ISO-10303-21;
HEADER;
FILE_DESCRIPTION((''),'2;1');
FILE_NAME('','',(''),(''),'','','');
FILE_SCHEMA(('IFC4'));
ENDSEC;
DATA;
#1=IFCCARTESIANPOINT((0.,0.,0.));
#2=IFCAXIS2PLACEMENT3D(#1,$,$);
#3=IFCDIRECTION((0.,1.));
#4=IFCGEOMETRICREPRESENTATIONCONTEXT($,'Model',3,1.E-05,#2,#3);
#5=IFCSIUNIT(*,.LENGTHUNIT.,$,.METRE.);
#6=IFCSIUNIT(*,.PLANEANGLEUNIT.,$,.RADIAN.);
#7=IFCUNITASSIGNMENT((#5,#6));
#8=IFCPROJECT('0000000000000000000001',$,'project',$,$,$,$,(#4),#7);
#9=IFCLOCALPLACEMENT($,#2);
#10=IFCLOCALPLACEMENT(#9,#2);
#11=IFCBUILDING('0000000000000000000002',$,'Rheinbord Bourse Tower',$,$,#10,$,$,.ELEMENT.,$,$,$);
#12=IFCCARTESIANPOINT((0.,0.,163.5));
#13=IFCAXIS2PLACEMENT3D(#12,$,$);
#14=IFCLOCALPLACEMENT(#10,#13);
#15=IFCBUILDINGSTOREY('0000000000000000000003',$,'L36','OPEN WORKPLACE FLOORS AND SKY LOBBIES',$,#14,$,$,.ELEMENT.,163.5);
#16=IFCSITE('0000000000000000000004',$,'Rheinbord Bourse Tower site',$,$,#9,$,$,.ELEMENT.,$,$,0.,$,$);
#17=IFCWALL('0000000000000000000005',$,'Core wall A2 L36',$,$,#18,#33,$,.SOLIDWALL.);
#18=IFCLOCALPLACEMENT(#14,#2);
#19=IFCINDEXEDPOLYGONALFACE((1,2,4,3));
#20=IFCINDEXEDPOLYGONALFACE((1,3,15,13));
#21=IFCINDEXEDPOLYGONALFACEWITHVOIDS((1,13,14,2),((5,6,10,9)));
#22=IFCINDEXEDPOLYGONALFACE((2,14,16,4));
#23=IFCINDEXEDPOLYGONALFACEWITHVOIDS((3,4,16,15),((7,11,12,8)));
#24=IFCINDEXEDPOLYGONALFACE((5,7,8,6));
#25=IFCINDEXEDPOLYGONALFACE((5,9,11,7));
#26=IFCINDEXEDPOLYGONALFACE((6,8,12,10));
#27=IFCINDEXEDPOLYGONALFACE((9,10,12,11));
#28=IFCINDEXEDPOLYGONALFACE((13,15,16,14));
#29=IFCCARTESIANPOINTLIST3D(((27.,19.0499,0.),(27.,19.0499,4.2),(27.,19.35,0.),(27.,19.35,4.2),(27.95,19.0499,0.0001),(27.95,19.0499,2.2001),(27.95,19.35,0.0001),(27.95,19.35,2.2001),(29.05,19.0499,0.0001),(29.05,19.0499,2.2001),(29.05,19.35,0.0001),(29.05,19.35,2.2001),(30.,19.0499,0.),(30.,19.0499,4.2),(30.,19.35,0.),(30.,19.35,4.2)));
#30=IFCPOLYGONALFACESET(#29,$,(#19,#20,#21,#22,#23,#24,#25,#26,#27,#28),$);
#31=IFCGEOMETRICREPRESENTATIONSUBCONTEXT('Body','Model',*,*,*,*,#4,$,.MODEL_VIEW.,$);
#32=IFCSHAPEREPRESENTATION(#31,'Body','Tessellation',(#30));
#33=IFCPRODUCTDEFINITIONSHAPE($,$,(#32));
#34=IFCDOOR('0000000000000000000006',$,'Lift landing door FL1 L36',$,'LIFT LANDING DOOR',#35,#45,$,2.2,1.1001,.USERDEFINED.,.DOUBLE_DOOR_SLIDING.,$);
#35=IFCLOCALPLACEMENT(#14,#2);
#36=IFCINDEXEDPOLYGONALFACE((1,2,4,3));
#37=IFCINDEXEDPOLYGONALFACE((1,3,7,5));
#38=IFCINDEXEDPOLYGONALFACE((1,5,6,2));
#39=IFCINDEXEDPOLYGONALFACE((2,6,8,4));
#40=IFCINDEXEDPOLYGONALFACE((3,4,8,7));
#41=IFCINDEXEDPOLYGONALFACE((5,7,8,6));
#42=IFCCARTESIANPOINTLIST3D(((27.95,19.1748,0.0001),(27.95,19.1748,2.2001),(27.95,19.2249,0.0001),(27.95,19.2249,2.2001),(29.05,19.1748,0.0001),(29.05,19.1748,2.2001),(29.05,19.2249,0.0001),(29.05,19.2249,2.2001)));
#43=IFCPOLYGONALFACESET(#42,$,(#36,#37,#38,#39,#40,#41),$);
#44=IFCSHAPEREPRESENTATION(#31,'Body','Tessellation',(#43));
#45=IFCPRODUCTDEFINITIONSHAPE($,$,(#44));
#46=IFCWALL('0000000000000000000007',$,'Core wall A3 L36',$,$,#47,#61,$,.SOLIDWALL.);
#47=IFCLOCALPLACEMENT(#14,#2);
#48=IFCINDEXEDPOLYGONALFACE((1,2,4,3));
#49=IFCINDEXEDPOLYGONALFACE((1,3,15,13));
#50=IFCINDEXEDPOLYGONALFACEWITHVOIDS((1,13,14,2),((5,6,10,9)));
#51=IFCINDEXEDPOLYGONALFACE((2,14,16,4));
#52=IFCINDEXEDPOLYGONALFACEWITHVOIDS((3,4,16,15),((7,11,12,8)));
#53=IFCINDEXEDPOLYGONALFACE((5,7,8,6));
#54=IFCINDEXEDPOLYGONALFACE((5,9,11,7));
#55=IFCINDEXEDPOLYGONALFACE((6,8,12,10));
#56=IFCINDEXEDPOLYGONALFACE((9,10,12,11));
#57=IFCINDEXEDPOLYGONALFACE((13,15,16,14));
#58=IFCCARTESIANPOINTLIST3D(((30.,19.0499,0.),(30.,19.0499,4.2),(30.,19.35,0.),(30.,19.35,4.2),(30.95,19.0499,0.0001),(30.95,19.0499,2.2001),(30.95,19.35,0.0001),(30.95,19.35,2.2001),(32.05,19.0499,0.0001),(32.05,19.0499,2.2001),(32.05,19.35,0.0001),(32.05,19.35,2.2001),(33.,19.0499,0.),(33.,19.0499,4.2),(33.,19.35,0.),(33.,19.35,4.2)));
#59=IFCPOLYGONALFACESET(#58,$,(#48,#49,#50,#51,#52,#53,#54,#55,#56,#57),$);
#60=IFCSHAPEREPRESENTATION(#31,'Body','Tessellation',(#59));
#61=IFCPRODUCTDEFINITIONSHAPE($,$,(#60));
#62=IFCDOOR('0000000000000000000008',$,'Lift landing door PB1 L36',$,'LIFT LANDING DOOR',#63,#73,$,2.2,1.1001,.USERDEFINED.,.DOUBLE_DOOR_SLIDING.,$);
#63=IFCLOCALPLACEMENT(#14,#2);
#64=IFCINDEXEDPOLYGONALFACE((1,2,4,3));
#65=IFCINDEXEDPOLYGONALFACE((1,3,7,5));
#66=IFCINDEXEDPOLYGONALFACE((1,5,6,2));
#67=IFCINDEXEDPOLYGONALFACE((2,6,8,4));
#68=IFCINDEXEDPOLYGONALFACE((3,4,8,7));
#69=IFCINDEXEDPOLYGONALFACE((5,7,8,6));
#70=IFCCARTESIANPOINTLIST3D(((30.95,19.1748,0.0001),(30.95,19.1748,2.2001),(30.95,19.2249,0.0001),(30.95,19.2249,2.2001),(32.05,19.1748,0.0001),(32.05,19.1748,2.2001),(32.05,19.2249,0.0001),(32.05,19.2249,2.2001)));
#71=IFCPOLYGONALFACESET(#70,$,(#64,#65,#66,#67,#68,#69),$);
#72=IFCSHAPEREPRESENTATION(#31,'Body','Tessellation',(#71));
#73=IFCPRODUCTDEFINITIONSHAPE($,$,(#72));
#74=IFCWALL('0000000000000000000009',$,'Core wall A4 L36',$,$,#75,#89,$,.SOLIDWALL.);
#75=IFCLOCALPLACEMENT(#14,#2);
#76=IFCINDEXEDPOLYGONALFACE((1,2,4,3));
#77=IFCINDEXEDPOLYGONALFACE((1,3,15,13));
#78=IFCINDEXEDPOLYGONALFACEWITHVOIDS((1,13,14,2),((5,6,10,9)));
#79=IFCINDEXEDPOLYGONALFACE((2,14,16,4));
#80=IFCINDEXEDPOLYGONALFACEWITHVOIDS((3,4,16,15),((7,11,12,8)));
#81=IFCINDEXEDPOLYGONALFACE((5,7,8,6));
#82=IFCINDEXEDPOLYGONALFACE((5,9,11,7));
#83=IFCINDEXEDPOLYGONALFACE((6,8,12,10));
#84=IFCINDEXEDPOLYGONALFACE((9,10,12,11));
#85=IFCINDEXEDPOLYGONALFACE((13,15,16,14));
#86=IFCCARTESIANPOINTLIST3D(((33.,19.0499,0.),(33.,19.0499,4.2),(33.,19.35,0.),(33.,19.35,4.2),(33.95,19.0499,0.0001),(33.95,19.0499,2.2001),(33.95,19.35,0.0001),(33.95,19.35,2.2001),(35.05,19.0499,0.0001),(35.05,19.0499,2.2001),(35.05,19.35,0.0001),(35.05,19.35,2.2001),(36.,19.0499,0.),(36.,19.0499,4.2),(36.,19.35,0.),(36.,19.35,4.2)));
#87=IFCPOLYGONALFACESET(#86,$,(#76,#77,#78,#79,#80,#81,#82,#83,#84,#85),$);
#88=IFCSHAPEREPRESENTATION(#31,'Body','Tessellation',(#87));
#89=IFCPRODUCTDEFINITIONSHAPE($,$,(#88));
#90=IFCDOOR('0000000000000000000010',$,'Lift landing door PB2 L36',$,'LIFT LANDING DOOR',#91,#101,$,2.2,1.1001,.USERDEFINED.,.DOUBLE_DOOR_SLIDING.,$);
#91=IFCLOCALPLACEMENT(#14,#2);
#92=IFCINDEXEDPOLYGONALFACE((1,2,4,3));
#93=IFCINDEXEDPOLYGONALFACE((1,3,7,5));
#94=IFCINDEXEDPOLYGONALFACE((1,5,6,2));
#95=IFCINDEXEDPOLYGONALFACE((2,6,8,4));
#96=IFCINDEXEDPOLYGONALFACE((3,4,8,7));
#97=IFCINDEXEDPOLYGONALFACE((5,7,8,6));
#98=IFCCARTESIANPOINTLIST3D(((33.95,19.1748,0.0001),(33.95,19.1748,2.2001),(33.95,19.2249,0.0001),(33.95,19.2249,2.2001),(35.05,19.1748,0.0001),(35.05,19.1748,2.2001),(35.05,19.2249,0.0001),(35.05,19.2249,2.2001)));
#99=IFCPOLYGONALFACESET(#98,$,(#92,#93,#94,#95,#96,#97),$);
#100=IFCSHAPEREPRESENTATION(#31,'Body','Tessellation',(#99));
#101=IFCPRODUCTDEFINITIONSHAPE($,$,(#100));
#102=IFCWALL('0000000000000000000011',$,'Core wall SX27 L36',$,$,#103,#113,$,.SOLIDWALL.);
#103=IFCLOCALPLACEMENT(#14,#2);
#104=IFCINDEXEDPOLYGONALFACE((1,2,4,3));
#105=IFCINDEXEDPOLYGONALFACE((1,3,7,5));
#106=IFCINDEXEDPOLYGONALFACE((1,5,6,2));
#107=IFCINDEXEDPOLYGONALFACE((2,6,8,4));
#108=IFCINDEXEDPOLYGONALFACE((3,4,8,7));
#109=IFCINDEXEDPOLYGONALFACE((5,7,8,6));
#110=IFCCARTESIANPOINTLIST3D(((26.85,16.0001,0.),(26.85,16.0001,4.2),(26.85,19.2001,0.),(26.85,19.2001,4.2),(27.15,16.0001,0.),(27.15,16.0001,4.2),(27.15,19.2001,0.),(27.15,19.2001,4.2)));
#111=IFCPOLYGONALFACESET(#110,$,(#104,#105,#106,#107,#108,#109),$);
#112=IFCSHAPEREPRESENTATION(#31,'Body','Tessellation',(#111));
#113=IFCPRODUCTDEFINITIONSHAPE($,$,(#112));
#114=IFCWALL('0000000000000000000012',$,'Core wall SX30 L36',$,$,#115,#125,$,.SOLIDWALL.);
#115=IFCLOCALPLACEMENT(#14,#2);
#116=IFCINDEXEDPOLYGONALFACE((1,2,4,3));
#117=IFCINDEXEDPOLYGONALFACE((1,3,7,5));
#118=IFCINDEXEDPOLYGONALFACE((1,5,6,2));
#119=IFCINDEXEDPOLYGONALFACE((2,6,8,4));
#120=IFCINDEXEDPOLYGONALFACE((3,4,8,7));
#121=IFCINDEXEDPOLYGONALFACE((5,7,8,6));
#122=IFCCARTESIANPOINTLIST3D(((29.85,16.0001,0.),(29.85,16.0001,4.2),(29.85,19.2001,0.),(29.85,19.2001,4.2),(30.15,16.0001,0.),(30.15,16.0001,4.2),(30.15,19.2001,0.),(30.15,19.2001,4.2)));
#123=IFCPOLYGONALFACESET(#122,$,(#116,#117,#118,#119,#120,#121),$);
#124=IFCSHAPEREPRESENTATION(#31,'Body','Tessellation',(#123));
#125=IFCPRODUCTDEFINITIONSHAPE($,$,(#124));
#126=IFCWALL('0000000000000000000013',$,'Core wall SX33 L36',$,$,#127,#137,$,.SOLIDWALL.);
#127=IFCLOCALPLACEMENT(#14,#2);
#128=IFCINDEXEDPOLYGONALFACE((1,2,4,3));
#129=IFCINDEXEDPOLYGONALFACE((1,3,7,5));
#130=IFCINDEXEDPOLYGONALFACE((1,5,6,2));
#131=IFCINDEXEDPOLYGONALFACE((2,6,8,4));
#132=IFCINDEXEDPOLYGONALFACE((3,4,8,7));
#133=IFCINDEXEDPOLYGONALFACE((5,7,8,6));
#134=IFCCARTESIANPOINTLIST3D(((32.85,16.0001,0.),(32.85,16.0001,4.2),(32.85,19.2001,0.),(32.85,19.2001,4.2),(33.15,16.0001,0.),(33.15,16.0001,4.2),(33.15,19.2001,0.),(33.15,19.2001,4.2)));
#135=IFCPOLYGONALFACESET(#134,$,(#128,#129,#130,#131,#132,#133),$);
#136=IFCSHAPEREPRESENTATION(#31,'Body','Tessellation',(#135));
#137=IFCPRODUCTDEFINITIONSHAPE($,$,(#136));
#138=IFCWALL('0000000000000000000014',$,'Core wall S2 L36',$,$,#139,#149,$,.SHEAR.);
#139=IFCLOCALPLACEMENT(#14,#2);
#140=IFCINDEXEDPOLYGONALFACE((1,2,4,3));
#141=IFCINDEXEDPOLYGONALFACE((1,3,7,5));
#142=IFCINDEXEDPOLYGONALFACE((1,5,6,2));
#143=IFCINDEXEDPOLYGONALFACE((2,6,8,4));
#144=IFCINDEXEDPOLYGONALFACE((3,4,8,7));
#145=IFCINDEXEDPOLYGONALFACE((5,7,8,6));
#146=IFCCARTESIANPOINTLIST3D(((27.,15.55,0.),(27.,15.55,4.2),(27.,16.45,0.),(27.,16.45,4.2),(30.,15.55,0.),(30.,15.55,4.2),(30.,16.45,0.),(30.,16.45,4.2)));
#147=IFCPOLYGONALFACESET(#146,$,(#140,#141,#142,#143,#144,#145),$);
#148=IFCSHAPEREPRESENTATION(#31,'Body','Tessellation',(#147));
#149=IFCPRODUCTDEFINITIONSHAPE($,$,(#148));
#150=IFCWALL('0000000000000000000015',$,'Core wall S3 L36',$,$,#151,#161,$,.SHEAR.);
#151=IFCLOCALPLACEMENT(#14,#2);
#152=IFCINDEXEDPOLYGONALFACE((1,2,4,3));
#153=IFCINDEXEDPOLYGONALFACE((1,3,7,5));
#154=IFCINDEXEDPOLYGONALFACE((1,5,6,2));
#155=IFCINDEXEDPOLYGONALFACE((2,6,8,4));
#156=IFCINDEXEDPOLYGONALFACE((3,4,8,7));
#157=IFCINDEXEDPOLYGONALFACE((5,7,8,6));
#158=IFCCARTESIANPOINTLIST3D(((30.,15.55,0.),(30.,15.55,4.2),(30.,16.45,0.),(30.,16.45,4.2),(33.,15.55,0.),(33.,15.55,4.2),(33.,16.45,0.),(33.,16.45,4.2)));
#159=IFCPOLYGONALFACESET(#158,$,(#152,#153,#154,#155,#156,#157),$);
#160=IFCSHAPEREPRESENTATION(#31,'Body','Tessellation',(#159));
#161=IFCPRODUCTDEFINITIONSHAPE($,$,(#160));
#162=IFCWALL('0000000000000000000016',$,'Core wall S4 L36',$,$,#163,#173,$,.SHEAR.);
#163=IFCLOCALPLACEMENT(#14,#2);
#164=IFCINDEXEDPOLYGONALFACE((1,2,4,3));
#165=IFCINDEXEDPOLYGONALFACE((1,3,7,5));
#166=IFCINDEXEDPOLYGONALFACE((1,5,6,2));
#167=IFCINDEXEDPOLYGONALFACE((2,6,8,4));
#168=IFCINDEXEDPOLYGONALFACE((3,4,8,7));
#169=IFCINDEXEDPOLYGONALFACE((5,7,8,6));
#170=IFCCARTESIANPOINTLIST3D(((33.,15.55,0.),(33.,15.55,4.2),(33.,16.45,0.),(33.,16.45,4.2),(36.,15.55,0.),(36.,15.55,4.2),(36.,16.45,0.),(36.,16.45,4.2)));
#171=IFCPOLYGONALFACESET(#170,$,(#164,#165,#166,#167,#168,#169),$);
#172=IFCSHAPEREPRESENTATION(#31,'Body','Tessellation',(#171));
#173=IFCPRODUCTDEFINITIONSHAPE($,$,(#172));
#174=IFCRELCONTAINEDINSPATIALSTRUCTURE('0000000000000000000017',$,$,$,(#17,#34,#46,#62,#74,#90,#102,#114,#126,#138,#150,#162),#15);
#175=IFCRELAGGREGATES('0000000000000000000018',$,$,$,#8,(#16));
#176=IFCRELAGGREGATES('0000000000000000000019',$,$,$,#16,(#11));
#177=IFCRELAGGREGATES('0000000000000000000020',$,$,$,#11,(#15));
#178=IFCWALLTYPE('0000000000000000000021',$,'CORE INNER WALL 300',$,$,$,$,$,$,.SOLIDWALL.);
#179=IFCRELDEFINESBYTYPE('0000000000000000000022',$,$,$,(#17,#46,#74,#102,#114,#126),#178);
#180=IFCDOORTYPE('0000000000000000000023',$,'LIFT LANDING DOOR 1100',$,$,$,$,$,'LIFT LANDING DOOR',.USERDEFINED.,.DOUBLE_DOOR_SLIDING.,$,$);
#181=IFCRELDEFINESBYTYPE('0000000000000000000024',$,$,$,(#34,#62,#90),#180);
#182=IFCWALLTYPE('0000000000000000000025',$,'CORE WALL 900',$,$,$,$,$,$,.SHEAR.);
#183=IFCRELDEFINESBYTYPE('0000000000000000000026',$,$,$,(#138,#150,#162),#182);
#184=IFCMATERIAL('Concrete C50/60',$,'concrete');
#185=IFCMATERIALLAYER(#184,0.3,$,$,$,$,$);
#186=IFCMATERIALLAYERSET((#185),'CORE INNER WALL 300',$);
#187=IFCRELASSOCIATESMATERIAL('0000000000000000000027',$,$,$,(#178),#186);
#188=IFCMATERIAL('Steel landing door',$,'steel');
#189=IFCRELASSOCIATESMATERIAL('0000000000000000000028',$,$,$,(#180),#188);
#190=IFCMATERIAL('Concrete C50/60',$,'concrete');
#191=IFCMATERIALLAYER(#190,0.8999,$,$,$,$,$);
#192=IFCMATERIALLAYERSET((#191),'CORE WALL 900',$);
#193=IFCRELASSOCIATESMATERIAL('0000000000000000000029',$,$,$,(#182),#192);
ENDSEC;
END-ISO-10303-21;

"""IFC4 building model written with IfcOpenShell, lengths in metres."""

from ifc_helpers import new_model, si_unit, direction, frame, frame_2d, origin, place, context, subcontext, project, spatial, rectangle, extrude, material, layer, layer_set, type_object, element, fill, save


model = new_model("IFC4")

# Units and contexts
model_context = context("Model", 3, precision=1e-05, world=origin(), true_north=direction((0.0, 1.0)))
body_context = subcontext(model_context, "Body", "Model", "MODEL_VIEW")
ifc_project = project(units=[si_unit("LENGTHUNIT", "METRE"), si_unit("PLANEANGLEUNIT", "RADIAN")], contexts=[model_context])

# Site, building, storey
site_placement = place(None, origin())
site = spatial("IfcSite", under=ifc_project, at=site_placement, Name="Rheinbord Bourse Tower site", CompositionType="ELEMENT", RefElevation=0.0)
building_placement = place(site_placement, origin())
building = spatial("IfcBuilding", under=site, at=building_placement, Name="Rheinbord Bourse Tower", CompositionType="ELEMENT")
storey_placement = place(building_placement, frame((0.0, 0.0, 163.5)))
storey = spatial("IfcBuildingStorey", under=building, at=storey_placement, Name="L36", Description="OPEN WORKPLACE FLOORS AND SKY LOBBIES", CompositionType="ELEMENT", Elevation=163.5)

# Walls, openings, doors
ifc_material_1 = material(Name="Concrete C50/60", Category="concrete")
ifc_layer_1 = layer(ifc_material_1, 0.3)
ifc_layer_set_1 = layer_set([ifc_layer_1], Name="CORE INNER WALL 300")
wall_type_1 = type_object("IfcWallType", Name="CORE INNER WALL 300", PredefinedType="SOLIDWALL", material=ifc_layer_set_1)
wall_1_placement = place(storey_placement, frame((27.0, 19.2, 0.0), z_axis=(0.0, 0.0, 1.0), x_axis=(1.0, 0.0, 0.0)))
wall_1 = element("IfcWall", 1, at=wall_1_placement, inside=storey, type_object=wall_type_1, Name="Core wall A2 L36", PredefinedType="SOLIDWALL", context=body_context, shape_type="SweptSolid", body=[
    extrude(rectangle(XDim=3.0, YDim=0.3, at=frame_2d((1.5, 0.0))), origin(), (0.0, 0.0, 1.0), 4.2),
])
opening_1_placement = place(wall_1_placement, frame((0.95, 0.0, 0.0)))
opening_1 = element("IfcOpeningElement", 2, at=opening_1_placement, cuts=wall_1, PredefinedType="OPENING", context=body_context, shape_type="SweptSolid", body=[
    extrude(rectangle(XDim=1.1001, YDim=2.2, at=frame_2d((0.55, 1.1001))), frame((0.0, 0.1599, 0.0), z_axis=(0.0, -1.0, 0.0), x_axis=(1.0, 0.0, 0.0)), (0.0, 0.0, 1.0), 0.3201),
])
ifc_material_2 = material(Name="Steel landing door", Category="steel")
door_type_1 = type_object("IfcDoorType", Name="LIFT LANDING DOOR 1100", ElementType="LIFT LANDING DOOR", OperationType="DOUBLE_DOOR_SLIDING", PredefinedType="USERDEFINED", material=ifc_material_2)
door_1_placement = place(opening_1_placement, origin())
door_1 = element("IfcDoor", 3, at=door_1_placement, inside=storey, type_object=door_type_1, Name="Lift landing door FL1 L36", ObjectType="LIFT LANDING DOOR", OperationType="DOUBLE_DOOR_SLIDING", OverallHeight=2.2, OverallWidth=1.1001, PredefinedType="USERDEFINED", context=body_context, shape_type="SweptSolid", body=[
    extrude(rectangle(XDim=1.1001, YDim=2.2, at=frame_2d((0.55, 1.1001))), frame((0.0, 0.0249, 0.0), z_axis=(0.0, -1.0, 0.0), x_axis=(1.0, 0.0, 0.0)), (0.0, 0.0, 1.0), 0.05),
])
fill(opening_1, door_1)
wall_2_placement = place(storey_placement, frame((30.0, 19.2, 0.0), z_axis=(0.0, 0.0, 1.0), x_axis=(1.0, 0.0, 0.0)))
wall_2 = element("IfcWall", 4, at=wall_2_placement, inside=storey, type_object=wall_type_1, Name="Core wall A3 L36", PredefinedType="SOLIDWALL", context=body_context, shape_type="SweptSolid", body=[
    extrude(rectangle(XDim=3.0, YDim=0.3, at=frame_2d((1.5, 0.0))), origin(), (0.0, 0.0, 1.0), 4.2),
])
opening_2_placement = place(wall_2_placement, frame((0.95, 0.0, 0.0)))
opening_2 = element("IfcOpeningElement", 5, at=opening_2_placement, cuts=wall_2, PredefinedType="OPENING", context=body_context, shape_type="SweptSolid", body=[
    extrude(rectangle(XDim=1.1001, YDim=2.2, at=frame_2d((0.55, 1.1001))), frame((0.0, 0.1599, 0.0), z_axis=(0.0, -1.0, 0.0), x_axis=(1.0, 0.0, 0.0)), (0.0, 0.0, 1.0), 0.3201),
])
door_2_placement = place(opening_2_placement, origin())
door_2 = element("IfcDoor", 6, at=door_2_placement, inside=storey, type_object=door_type_1, Name="Lift landing door PB1 L36", ObjectType="LIFT LANDING DOOR", OperationType="DOUBLE_DOOR_SLIDING", OverallHeight=2.2, OverallWidth=1.1001, PredefinedType="USERDEFINED", context=body_context, shape_type="SweptSolid", body=[
    extrude(rectangle(XDim=1.1001, YDim=2.2, at=frame_2d((0.55, 1.1001))), frame((0.0, 0.0249, 0.0), z_axis=(0.0, -1.0, 0.0), x_axis=(1.0, 0.0, 0.0)), (0.0, 0.0, 1.0), 0.05),
])
fill(opening_2, door_2)
wall_3_placement = place(storey_placement, frame((33.0, 19.2, 0.0), z_axis=(0.0, 0.0, 1.0), x_axis=(1.0, 0.0, 0.0)))
wall_3 = element("IfcWall", 7, at=wall_3_placement, inside=storey, type_object=wall_type_1, Name="Core wall A4 L36", PredefinedType="SOLIDWALL", context=body_context, shape_type="SweptSolid", body=[
    extrude(rectangle(XDim=3.0, YDim=0.3, at=frame_2d((1.5, 0.0))), origin(), (0.0, 0.0, 1.0), 4.2),
])
opening_3_placement = place(wall_3_placement, frame((0.95, 0.0, 0.0)))
opening_3 = element("IfcOpeningElement", 8, at=opening_3_placement, cuts=wall_3, PredefinedType="OPENING", context=body_context, shape_type="SweptSolid", body=[
    extrude(rectangle(XDim=1.1001, YDim=2.2, at=frame_2d((0.55, 1.1001))), frame((0.0, 0.1599, 0.0), z_axis=(0.0, -1.0, 0.0), x_axis=(1.0, 0.0, 0.0)), (0.0, 0.0, 1.0), 0.3201),
])
door_3_placement = place(opening_3_placement, origin())
door_3 = element("IfcDoor", 9, at=door_3_placement, inside=storey, type_object=door_type_1, Name="Lift landing door PB2 L36", ObjectType="LIFT LANDING DOOR", OperationType="DOUBLE_DOOR_SLIDING", OverallHeight=2.2, OverallWidth=1.1001, PredefinedType="USERDEFINED", context=body_context, shape_type="SweptSolid", body=[
    extrude(rectangle(XDim=1.1001, YDim=2.2, at=frame_2d((0.55, 1.1001))), frame((0.0, 0.0249, 0.0), z_axis=(0.0, -1.0, 0.0), x_axis=(1.0, 0.0, 0.0)), (0.0, 0.0, 1.0), 0.05),
])
fill(opening_3, door_3)

# Walls
for number, where, z_axis, x_axis, name in (
    (10, (27.0, 16.0, 0.0), (0.0, 0.0, 1.0), (0.0, 1.0, 0.0), "Core wall SX27 L36"),
    (11, (30.0, 16.0, 0.0), (0.0, 0.0, 1.0), (0.0, 1.0, 0.0), "Core wall SX30 L36"),
    (12, (33.0, 16.0, 0.0), (0.0, 0.0, 1.0), (0.0, 1.0, 0.0), "Core wall SX33 L36"),
):
    element("IfcWall", number, at=place(storey_placement, frame(where, z_axis=z_axis, x_axis=x_axis)), inside=storey, type_object=wall_type_1, Name=name, PredefinedType="SOLIDWALL", context=body_context, shape_type="SweptSolid", body=[
        extrude(rectangle(XDim=3.2, YDim=0.3, at=frame_2d((1.6001, 0.0))), origin(), (0.0, 0.0, 1.0), 4.2),
    ])
ifc_material_3 = material(Name="Concrete C50/60", Category="concrete")
ifc_layer_2 = layer(ifc_material_3, 0.8999)
ifc_layer_set_2 = layer_set([ifc_layer_2], Name="CORE WALL 900")
wall_type_2 = type_object("IfcWallType", Name="CORE WALL 900", PredefinedType="SHEAR", material=ifc_layer_set_2)
for number, where, z_axis, x_axis, name in (
    (13, (27.0, 16.0, 0.0), (0.0, 0.0, 1.0), (1.0, 0.0, 0.0), "Core wall S2 L36"),
    (14, (30.0, 16.0, 0.0), (0.0, 0.0, 1.0), (1.0, 0.0, 0.0), "Core wall S3 L36"),
    (15, (33.0, 16.0, 0.0), (0.0, 0.0, 1.0), (1.0, 0.0, 0.0), "Core wall S4 L36"),
):
    element("IfcWall", number, at=place(storey_placement, frame(where, z_axis=z_axis, x_axis=x_axis)), inside=storey, type_object=wall_type_2, Name=name, PredefinedType="SHEAR", context=body_context, shape_type="SweptSolid", body=[
        extrude(rectangle(XDim=3.0, YDim=0.8999, at=frame_2d((1.5, 0.0))), origin(), (0.0, 0.0, 1.0), 4.2),
    ])

save(model, "model.ifc")
